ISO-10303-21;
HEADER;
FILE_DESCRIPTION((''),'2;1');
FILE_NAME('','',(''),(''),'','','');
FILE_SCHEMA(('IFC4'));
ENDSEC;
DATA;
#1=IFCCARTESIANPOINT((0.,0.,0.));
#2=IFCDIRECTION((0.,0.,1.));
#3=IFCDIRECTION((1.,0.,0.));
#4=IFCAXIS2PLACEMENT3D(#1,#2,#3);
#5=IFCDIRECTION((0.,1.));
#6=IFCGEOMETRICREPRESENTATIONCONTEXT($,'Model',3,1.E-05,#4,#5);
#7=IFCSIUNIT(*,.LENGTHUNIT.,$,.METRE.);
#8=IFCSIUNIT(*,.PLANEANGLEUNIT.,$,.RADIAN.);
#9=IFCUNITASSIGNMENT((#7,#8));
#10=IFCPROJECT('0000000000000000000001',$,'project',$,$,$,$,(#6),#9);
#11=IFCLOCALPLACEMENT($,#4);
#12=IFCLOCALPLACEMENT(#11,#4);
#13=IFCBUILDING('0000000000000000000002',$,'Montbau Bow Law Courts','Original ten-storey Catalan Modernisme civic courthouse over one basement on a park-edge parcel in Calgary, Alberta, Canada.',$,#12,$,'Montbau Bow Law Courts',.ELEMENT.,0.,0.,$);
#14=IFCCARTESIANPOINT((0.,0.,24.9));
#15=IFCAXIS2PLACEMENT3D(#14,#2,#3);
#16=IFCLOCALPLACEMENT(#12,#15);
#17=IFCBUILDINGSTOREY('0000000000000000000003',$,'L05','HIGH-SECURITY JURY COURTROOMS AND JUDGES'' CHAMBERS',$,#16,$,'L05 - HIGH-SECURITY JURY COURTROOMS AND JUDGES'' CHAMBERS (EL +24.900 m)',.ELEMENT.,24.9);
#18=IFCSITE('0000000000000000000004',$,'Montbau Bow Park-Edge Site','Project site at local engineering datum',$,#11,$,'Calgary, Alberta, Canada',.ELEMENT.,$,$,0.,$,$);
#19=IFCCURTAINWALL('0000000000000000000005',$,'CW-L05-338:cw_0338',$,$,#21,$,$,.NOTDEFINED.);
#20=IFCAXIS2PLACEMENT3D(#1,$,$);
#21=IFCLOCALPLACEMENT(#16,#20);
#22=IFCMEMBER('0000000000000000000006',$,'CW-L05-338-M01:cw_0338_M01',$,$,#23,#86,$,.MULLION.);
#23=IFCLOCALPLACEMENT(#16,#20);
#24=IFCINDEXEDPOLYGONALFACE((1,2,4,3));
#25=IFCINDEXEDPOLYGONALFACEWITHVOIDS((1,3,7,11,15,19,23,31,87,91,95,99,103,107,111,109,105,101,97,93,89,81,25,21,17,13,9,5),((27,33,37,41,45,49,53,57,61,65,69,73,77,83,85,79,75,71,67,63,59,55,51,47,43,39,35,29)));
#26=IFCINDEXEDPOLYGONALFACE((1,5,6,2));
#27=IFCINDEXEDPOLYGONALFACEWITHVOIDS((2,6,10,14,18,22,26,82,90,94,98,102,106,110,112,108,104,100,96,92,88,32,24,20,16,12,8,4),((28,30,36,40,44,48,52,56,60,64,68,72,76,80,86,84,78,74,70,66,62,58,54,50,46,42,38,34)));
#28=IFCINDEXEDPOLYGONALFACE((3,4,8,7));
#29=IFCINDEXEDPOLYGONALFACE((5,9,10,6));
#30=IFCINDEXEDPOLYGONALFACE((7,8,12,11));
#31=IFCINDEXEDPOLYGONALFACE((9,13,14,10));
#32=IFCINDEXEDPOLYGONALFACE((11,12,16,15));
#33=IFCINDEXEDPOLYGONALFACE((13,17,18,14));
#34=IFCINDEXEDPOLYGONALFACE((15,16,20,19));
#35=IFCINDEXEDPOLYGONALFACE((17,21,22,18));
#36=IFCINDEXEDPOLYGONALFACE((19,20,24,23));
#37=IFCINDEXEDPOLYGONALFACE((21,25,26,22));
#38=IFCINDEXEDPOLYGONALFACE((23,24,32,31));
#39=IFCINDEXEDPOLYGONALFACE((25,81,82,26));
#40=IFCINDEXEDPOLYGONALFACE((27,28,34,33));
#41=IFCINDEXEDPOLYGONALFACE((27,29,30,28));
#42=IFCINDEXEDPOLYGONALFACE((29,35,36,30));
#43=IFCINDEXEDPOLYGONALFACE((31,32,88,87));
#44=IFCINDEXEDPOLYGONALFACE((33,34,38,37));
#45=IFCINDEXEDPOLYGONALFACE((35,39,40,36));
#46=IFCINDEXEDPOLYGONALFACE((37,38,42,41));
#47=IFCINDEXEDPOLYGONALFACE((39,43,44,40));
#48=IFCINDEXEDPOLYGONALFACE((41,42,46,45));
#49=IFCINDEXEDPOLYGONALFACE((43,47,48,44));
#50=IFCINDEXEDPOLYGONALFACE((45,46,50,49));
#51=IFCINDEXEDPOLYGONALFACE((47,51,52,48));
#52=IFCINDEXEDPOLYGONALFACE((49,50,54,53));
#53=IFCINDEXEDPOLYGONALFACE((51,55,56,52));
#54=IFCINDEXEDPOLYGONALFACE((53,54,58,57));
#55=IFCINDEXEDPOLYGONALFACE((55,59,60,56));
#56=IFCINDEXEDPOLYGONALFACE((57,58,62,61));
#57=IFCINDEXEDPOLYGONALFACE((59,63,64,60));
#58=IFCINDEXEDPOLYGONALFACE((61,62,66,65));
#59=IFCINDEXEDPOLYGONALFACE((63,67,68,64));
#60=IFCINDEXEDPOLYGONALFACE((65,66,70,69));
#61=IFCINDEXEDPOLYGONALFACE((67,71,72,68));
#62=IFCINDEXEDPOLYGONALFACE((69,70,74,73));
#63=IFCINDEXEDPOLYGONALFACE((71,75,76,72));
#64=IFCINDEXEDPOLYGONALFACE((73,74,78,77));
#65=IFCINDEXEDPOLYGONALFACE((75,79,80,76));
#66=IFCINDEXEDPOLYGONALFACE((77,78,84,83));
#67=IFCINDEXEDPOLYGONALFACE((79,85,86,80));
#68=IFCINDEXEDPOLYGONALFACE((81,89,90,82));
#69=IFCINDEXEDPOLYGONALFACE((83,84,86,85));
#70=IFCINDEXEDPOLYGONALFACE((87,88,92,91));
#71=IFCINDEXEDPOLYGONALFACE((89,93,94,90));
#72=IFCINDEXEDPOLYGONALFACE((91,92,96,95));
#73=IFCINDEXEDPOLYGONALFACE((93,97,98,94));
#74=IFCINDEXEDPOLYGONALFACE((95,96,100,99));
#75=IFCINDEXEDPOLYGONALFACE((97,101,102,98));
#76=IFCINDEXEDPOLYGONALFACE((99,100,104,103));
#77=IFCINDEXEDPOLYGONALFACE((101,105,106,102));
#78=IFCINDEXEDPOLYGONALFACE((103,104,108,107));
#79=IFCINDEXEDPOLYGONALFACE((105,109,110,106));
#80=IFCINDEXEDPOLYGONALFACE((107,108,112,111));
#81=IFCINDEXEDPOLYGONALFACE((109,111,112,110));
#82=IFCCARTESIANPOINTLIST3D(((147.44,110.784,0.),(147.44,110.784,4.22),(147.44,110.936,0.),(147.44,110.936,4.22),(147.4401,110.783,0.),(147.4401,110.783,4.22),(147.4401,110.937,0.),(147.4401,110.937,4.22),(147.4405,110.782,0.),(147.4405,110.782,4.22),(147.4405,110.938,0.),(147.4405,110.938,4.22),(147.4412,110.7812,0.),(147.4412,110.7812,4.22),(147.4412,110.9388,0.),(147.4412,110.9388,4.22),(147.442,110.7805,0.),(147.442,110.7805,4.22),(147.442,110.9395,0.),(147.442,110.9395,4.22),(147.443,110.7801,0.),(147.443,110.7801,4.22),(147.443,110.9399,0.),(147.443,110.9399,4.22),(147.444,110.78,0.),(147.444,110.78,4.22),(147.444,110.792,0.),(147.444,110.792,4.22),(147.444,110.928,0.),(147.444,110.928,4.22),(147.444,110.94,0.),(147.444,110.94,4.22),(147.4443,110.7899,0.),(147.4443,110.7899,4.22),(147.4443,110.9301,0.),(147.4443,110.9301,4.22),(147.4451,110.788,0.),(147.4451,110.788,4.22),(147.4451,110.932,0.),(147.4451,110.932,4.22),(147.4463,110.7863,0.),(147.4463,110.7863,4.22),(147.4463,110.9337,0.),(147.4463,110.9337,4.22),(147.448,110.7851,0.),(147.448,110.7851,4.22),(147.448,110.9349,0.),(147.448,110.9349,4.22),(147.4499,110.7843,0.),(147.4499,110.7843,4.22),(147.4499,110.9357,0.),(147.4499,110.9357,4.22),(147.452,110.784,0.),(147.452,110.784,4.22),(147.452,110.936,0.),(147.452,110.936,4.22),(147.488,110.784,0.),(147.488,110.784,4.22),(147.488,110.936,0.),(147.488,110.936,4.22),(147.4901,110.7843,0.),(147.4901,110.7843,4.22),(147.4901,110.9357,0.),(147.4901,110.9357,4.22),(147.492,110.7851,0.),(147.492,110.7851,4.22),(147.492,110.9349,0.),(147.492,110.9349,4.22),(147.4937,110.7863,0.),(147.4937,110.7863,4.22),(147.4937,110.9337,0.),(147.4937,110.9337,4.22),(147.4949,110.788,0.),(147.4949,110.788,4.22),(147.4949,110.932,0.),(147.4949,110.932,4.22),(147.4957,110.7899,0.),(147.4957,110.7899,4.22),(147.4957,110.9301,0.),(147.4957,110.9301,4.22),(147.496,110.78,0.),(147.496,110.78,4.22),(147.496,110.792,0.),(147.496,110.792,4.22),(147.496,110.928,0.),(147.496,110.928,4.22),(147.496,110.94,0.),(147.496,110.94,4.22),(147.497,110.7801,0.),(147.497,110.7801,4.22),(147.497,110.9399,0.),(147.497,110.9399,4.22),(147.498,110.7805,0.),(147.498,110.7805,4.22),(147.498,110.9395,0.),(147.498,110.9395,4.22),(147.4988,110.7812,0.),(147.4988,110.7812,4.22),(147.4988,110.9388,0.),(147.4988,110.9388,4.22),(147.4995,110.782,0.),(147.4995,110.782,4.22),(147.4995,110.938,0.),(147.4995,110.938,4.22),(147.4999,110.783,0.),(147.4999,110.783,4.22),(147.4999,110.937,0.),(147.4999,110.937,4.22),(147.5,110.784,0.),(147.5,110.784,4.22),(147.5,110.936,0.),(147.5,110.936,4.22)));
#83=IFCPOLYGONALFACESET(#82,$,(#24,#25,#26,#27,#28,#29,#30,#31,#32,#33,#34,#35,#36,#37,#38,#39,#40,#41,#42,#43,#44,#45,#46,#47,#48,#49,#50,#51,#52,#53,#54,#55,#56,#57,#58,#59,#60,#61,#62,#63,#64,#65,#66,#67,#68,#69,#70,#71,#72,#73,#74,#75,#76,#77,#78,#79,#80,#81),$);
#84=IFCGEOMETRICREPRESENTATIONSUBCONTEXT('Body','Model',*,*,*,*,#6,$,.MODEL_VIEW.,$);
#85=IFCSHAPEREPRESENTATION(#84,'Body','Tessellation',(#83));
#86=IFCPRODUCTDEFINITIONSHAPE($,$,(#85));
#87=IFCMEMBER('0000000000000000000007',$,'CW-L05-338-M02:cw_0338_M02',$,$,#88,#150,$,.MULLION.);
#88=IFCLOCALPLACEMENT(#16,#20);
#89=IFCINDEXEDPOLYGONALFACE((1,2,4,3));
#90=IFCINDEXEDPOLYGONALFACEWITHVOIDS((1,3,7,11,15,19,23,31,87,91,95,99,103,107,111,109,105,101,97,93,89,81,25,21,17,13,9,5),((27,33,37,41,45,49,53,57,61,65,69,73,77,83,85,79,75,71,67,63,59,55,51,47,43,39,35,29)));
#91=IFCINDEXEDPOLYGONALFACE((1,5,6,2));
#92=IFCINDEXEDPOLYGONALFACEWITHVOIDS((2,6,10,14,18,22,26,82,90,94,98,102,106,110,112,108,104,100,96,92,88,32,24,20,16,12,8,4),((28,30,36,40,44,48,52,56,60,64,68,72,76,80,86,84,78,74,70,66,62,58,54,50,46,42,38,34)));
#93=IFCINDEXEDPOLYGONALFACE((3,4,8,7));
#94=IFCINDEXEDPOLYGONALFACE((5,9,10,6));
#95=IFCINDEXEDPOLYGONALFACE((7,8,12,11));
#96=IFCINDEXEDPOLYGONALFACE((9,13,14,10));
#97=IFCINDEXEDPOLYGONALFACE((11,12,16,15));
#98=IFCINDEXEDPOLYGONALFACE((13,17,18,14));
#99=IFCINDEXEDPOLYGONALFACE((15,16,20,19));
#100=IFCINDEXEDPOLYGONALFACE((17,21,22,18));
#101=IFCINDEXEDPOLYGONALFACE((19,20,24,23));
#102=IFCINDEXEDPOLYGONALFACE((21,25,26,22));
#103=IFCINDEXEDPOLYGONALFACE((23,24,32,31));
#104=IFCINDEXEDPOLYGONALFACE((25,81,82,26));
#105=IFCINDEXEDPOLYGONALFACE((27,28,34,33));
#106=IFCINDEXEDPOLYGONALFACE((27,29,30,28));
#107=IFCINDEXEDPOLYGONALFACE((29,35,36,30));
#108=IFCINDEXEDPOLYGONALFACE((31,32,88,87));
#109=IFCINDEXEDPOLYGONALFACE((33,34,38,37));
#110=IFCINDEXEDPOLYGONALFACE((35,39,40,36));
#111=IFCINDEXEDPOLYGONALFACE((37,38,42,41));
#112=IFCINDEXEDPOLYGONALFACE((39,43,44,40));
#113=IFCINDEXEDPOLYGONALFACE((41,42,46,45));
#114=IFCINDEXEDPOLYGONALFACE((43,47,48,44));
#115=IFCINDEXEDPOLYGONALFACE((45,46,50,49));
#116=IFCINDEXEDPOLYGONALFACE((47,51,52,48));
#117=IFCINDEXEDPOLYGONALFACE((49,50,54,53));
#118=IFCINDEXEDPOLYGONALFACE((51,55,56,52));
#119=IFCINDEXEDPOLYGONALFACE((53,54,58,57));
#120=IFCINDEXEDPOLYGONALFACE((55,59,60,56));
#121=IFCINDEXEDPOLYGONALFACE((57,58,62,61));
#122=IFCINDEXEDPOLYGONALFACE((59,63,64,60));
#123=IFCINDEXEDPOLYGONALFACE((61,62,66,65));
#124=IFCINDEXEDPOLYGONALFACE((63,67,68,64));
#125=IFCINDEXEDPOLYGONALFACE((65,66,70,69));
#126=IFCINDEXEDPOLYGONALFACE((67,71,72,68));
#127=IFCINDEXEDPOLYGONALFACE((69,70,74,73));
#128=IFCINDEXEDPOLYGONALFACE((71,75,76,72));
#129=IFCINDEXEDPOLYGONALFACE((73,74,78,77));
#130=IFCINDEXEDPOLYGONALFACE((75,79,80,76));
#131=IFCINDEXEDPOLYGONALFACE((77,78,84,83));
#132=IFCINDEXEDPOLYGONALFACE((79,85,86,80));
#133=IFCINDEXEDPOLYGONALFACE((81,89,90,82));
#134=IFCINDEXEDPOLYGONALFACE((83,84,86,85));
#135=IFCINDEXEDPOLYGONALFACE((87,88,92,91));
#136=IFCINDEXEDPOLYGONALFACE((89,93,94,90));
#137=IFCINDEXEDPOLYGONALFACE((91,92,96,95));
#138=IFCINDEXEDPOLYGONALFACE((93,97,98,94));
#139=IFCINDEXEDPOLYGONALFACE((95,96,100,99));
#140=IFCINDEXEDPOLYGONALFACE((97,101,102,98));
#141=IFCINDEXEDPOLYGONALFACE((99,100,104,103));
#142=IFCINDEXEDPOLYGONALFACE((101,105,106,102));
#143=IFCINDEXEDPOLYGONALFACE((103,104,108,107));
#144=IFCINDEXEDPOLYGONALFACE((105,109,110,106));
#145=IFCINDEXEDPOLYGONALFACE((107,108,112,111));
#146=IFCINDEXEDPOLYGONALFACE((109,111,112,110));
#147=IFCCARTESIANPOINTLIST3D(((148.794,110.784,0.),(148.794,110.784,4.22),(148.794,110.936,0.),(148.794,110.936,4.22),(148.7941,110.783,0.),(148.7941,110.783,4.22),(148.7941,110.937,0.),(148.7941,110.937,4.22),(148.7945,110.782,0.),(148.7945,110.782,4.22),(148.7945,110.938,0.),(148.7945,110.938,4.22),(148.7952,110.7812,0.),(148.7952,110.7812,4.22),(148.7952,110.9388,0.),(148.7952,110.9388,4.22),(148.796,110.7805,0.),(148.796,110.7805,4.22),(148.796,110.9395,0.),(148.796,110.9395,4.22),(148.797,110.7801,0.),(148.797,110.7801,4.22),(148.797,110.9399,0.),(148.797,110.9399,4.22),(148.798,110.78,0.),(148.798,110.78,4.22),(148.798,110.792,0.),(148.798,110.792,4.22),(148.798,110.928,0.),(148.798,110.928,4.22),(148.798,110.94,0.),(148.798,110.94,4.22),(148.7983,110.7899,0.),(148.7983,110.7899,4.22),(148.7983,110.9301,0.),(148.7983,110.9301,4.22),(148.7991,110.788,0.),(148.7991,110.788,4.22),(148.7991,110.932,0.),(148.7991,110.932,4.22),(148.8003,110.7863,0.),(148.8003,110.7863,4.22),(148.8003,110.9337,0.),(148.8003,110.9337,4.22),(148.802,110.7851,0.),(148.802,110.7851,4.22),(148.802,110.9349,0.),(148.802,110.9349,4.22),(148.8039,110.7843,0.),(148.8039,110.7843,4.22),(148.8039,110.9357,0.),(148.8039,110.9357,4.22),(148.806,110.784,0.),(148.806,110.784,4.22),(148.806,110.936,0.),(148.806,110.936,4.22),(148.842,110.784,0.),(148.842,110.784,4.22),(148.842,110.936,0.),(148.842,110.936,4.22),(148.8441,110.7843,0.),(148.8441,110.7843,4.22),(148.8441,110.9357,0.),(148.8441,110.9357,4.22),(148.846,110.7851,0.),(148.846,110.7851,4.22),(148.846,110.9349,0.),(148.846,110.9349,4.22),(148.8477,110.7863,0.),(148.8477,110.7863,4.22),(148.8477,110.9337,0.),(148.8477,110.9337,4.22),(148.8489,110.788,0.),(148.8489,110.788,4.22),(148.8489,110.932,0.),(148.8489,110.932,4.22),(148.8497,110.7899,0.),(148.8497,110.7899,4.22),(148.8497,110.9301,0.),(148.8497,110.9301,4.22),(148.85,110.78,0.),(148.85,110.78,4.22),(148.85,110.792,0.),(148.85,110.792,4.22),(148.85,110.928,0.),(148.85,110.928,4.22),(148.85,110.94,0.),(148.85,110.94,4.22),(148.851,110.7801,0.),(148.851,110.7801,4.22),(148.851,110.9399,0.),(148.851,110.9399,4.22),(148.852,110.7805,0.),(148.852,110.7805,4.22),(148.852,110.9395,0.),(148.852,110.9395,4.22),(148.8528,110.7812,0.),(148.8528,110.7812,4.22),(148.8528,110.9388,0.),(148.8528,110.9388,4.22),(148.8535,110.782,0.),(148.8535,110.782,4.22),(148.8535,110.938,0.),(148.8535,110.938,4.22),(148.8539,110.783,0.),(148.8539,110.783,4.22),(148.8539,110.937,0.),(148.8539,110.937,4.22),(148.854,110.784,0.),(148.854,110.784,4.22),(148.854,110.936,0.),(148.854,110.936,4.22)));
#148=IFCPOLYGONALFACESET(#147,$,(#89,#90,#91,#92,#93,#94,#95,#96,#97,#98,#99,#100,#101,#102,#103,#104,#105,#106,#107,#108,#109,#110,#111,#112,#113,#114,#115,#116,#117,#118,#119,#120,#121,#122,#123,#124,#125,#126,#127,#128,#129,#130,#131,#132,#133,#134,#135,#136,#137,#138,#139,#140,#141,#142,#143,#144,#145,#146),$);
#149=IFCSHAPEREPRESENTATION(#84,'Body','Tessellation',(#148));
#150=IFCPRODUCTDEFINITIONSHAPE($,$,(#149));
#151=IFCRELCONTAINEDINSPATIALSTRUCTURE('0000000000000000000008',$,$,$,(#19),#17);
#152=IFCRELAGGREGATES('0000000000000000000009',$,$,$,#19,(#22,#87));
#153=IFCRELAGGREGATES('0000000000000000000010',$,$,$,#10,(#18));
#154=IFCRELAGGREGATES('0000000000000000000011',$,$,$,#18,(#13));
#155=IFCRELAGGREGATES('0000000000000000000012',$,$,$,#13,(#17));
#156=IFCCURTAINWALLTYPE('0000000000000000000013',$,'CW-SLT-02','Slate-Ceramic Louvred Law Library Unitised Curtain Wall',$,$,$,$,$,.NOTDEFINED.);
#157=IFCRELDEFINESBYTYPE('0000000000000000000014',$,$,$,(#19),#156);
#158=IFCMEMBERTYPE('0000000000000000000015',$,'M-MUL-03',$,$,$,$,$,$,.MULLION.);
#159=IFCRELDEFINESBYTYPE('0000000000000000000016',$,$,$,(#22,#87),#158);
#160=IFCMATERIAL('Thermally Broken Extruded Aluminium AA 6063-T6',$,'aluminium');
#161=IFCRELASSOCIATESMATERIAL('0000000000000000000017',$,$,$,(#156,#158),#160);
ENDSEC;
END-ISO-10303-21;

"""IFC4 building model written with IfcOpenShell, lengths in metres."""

from ifc_helpers import new_model, si_unit, direction, frame, origin_with_axes, origin_2d_with_axis, place, context, subcontext, project, spatial, hollow_rectangle, extrude, material, material_profile, profile_set, type_object, element, aggregate, save


model = new_model("IFC4")

# Units and contexts
model_context = context("Model", 3, precision=1e-05, world=origin_with_axes(), true_north=direction((0.0, 1.0)))
body_context = subcontext(model_context, "Body", "Model", "MODEL_VIEW")
ifc_project = project(units=[si_unit("LENGTHUNIT", "METRE"), si_unit("PLANEANGLEUNIT", "RADIAN")], contexts=[model_context])

# Site, building, storey
site_placement = place(None, origin_with_axes())
site = spatial("IfcSite", under=ifc_project, at=site_placement, Name="Montbau Bow Park-Edge Site", Description="Project site at local engineering datum", LongName="Calgary, Alberta, Canada", CompositionType="ELEMENT", RefElevation=0.0)
building_placement = place(site_placement, origin_with_axes())
building = spatial("IfcBuilding", under=site, at=building_placement, Name="Montbau Bow Law Courts", Description="Original ten-storey Catalan Modernisme civic courthouse over one basement on a park-edge parcel in Calgary, Alberta, Canada.", LongName="Montbau Bow Law Courts", CompositionType="ELEMENT", ElevationOfRefHeight=0.0, ElevationOfTerrain=0.0)
storey_placement = place(building_placement, frame((0.0, 0.0, 24.9), z_axis=(0.0, 0.0, 1.0), x_axis=(1.0, 0.0, 0.0)))
storey = spatial("IfcBuildingStorey", under=building, at=storey_placement, Name="L05", Description="HIGH-SECURITY JURY COURTROOMS AND JUDGES' CHAMBERS", LongName="L05 - HIGH-SECURITY JURY COURTROOMS AND JUDGES' CHAMBERS (EL +24.900 m)", CompositionType="ELEMENT", Elevation=24.9)

# Curtain wall, members
ifc_material_1 = material(Name="Thermally Broken Extruded Aluminium AA 6063-T6", Category="aluminium")
curtain_wall_type = type_object("IfcCurtainWallType", Name="CW-SLT-02", Description="Slate-Ceramic Louvred Law Library Unitised Curtain Wall", PredefinedType="NOTDEFINED", material=ifc_material_1)
curtain_wall_placement = place(None, frame((147.44, 110.86, 24.9), z_axis=(0.0, 0.0, 1.0), x_axis=(1.0, 0.0, 0.0)))
curtain_wall = element("IfcCurtainWall", 1, at=curtain_wall_placement, inside=storey, type_object=curtain_wall_type, Name="CW-L05-338:cw_0338", PredefinedType="NOTDEFINED")
ifc_material_profile_1 = material_profile(ifc_material_1, hollow_rectangle(XDim=0.06, YDim=0.16, WallThickness=0.004, InnerFilletRadius=0.008, OuterFilletRadius=0.004, at=origin_2d_with_axis()), Name="CWM-160X60", Category="Main", Priority=0)
ifc_profile_set_1 = profile_set([ifc_material_profile_1], Name="Thermally Broken Extruded Aluminium AA 6063-T6")
member_type_1 = type_object("IfcMemberType", Name="M-MUL-03", PredefinedType="MULLION", material=ifc_profile_set_1)
member_1_placement = place(None, frame((147.47, 110.86, 24.9), z_axis=(0.0, 0.0, 1.0), x_axis=(1.0, 0.0, 0.0)))
member_1 = element("IfcMember", 2, at=member_1_placement, type_object=member_type_1, Name="CW-L05-338-M01:cw_0338_M01", PredefinedType="MULLION", context=body_context, shape_type="SweptSolid", body=[
    extrude(hollow_rectangle(XDim=0.06, YDim=0.16, WallThickness=0.004, InnerFilletRadius=0.008, OuterFilletRadius=0.004, at=origin_2d_with_axis()), origin_with_axes(), (0.0, 0.0, 1.0), 4.22),
])
member_2_placement = place(None, frame((148.824, 110.86, 24.9), z_axis=(0.0, 0.0, 1.0), x_axis=(1.0, 0.0, 0.0)))
member_2 = element("IfcMember", 3, at=member_2_placement, type_object=member_type_1, Name="CW-L05-338-M02:cw_0338_M02", PredefinedType="MULLION", context=body_context, shape_type="SweptSolid", body=[
    extrude(hollow_rectangle(XDim=0.06, YDim=0.16, WallThickness=0.004, InnerFilletRadius=0.008, OuterFilletRadius=0.004, at=origin_2d_with_axis()), origin_with_axes(), (0.0, 0.0, 1.0), 4.22),
])
aggregate(curtain_wall, [member_1, member_2])

save(model, "model.ifc")
